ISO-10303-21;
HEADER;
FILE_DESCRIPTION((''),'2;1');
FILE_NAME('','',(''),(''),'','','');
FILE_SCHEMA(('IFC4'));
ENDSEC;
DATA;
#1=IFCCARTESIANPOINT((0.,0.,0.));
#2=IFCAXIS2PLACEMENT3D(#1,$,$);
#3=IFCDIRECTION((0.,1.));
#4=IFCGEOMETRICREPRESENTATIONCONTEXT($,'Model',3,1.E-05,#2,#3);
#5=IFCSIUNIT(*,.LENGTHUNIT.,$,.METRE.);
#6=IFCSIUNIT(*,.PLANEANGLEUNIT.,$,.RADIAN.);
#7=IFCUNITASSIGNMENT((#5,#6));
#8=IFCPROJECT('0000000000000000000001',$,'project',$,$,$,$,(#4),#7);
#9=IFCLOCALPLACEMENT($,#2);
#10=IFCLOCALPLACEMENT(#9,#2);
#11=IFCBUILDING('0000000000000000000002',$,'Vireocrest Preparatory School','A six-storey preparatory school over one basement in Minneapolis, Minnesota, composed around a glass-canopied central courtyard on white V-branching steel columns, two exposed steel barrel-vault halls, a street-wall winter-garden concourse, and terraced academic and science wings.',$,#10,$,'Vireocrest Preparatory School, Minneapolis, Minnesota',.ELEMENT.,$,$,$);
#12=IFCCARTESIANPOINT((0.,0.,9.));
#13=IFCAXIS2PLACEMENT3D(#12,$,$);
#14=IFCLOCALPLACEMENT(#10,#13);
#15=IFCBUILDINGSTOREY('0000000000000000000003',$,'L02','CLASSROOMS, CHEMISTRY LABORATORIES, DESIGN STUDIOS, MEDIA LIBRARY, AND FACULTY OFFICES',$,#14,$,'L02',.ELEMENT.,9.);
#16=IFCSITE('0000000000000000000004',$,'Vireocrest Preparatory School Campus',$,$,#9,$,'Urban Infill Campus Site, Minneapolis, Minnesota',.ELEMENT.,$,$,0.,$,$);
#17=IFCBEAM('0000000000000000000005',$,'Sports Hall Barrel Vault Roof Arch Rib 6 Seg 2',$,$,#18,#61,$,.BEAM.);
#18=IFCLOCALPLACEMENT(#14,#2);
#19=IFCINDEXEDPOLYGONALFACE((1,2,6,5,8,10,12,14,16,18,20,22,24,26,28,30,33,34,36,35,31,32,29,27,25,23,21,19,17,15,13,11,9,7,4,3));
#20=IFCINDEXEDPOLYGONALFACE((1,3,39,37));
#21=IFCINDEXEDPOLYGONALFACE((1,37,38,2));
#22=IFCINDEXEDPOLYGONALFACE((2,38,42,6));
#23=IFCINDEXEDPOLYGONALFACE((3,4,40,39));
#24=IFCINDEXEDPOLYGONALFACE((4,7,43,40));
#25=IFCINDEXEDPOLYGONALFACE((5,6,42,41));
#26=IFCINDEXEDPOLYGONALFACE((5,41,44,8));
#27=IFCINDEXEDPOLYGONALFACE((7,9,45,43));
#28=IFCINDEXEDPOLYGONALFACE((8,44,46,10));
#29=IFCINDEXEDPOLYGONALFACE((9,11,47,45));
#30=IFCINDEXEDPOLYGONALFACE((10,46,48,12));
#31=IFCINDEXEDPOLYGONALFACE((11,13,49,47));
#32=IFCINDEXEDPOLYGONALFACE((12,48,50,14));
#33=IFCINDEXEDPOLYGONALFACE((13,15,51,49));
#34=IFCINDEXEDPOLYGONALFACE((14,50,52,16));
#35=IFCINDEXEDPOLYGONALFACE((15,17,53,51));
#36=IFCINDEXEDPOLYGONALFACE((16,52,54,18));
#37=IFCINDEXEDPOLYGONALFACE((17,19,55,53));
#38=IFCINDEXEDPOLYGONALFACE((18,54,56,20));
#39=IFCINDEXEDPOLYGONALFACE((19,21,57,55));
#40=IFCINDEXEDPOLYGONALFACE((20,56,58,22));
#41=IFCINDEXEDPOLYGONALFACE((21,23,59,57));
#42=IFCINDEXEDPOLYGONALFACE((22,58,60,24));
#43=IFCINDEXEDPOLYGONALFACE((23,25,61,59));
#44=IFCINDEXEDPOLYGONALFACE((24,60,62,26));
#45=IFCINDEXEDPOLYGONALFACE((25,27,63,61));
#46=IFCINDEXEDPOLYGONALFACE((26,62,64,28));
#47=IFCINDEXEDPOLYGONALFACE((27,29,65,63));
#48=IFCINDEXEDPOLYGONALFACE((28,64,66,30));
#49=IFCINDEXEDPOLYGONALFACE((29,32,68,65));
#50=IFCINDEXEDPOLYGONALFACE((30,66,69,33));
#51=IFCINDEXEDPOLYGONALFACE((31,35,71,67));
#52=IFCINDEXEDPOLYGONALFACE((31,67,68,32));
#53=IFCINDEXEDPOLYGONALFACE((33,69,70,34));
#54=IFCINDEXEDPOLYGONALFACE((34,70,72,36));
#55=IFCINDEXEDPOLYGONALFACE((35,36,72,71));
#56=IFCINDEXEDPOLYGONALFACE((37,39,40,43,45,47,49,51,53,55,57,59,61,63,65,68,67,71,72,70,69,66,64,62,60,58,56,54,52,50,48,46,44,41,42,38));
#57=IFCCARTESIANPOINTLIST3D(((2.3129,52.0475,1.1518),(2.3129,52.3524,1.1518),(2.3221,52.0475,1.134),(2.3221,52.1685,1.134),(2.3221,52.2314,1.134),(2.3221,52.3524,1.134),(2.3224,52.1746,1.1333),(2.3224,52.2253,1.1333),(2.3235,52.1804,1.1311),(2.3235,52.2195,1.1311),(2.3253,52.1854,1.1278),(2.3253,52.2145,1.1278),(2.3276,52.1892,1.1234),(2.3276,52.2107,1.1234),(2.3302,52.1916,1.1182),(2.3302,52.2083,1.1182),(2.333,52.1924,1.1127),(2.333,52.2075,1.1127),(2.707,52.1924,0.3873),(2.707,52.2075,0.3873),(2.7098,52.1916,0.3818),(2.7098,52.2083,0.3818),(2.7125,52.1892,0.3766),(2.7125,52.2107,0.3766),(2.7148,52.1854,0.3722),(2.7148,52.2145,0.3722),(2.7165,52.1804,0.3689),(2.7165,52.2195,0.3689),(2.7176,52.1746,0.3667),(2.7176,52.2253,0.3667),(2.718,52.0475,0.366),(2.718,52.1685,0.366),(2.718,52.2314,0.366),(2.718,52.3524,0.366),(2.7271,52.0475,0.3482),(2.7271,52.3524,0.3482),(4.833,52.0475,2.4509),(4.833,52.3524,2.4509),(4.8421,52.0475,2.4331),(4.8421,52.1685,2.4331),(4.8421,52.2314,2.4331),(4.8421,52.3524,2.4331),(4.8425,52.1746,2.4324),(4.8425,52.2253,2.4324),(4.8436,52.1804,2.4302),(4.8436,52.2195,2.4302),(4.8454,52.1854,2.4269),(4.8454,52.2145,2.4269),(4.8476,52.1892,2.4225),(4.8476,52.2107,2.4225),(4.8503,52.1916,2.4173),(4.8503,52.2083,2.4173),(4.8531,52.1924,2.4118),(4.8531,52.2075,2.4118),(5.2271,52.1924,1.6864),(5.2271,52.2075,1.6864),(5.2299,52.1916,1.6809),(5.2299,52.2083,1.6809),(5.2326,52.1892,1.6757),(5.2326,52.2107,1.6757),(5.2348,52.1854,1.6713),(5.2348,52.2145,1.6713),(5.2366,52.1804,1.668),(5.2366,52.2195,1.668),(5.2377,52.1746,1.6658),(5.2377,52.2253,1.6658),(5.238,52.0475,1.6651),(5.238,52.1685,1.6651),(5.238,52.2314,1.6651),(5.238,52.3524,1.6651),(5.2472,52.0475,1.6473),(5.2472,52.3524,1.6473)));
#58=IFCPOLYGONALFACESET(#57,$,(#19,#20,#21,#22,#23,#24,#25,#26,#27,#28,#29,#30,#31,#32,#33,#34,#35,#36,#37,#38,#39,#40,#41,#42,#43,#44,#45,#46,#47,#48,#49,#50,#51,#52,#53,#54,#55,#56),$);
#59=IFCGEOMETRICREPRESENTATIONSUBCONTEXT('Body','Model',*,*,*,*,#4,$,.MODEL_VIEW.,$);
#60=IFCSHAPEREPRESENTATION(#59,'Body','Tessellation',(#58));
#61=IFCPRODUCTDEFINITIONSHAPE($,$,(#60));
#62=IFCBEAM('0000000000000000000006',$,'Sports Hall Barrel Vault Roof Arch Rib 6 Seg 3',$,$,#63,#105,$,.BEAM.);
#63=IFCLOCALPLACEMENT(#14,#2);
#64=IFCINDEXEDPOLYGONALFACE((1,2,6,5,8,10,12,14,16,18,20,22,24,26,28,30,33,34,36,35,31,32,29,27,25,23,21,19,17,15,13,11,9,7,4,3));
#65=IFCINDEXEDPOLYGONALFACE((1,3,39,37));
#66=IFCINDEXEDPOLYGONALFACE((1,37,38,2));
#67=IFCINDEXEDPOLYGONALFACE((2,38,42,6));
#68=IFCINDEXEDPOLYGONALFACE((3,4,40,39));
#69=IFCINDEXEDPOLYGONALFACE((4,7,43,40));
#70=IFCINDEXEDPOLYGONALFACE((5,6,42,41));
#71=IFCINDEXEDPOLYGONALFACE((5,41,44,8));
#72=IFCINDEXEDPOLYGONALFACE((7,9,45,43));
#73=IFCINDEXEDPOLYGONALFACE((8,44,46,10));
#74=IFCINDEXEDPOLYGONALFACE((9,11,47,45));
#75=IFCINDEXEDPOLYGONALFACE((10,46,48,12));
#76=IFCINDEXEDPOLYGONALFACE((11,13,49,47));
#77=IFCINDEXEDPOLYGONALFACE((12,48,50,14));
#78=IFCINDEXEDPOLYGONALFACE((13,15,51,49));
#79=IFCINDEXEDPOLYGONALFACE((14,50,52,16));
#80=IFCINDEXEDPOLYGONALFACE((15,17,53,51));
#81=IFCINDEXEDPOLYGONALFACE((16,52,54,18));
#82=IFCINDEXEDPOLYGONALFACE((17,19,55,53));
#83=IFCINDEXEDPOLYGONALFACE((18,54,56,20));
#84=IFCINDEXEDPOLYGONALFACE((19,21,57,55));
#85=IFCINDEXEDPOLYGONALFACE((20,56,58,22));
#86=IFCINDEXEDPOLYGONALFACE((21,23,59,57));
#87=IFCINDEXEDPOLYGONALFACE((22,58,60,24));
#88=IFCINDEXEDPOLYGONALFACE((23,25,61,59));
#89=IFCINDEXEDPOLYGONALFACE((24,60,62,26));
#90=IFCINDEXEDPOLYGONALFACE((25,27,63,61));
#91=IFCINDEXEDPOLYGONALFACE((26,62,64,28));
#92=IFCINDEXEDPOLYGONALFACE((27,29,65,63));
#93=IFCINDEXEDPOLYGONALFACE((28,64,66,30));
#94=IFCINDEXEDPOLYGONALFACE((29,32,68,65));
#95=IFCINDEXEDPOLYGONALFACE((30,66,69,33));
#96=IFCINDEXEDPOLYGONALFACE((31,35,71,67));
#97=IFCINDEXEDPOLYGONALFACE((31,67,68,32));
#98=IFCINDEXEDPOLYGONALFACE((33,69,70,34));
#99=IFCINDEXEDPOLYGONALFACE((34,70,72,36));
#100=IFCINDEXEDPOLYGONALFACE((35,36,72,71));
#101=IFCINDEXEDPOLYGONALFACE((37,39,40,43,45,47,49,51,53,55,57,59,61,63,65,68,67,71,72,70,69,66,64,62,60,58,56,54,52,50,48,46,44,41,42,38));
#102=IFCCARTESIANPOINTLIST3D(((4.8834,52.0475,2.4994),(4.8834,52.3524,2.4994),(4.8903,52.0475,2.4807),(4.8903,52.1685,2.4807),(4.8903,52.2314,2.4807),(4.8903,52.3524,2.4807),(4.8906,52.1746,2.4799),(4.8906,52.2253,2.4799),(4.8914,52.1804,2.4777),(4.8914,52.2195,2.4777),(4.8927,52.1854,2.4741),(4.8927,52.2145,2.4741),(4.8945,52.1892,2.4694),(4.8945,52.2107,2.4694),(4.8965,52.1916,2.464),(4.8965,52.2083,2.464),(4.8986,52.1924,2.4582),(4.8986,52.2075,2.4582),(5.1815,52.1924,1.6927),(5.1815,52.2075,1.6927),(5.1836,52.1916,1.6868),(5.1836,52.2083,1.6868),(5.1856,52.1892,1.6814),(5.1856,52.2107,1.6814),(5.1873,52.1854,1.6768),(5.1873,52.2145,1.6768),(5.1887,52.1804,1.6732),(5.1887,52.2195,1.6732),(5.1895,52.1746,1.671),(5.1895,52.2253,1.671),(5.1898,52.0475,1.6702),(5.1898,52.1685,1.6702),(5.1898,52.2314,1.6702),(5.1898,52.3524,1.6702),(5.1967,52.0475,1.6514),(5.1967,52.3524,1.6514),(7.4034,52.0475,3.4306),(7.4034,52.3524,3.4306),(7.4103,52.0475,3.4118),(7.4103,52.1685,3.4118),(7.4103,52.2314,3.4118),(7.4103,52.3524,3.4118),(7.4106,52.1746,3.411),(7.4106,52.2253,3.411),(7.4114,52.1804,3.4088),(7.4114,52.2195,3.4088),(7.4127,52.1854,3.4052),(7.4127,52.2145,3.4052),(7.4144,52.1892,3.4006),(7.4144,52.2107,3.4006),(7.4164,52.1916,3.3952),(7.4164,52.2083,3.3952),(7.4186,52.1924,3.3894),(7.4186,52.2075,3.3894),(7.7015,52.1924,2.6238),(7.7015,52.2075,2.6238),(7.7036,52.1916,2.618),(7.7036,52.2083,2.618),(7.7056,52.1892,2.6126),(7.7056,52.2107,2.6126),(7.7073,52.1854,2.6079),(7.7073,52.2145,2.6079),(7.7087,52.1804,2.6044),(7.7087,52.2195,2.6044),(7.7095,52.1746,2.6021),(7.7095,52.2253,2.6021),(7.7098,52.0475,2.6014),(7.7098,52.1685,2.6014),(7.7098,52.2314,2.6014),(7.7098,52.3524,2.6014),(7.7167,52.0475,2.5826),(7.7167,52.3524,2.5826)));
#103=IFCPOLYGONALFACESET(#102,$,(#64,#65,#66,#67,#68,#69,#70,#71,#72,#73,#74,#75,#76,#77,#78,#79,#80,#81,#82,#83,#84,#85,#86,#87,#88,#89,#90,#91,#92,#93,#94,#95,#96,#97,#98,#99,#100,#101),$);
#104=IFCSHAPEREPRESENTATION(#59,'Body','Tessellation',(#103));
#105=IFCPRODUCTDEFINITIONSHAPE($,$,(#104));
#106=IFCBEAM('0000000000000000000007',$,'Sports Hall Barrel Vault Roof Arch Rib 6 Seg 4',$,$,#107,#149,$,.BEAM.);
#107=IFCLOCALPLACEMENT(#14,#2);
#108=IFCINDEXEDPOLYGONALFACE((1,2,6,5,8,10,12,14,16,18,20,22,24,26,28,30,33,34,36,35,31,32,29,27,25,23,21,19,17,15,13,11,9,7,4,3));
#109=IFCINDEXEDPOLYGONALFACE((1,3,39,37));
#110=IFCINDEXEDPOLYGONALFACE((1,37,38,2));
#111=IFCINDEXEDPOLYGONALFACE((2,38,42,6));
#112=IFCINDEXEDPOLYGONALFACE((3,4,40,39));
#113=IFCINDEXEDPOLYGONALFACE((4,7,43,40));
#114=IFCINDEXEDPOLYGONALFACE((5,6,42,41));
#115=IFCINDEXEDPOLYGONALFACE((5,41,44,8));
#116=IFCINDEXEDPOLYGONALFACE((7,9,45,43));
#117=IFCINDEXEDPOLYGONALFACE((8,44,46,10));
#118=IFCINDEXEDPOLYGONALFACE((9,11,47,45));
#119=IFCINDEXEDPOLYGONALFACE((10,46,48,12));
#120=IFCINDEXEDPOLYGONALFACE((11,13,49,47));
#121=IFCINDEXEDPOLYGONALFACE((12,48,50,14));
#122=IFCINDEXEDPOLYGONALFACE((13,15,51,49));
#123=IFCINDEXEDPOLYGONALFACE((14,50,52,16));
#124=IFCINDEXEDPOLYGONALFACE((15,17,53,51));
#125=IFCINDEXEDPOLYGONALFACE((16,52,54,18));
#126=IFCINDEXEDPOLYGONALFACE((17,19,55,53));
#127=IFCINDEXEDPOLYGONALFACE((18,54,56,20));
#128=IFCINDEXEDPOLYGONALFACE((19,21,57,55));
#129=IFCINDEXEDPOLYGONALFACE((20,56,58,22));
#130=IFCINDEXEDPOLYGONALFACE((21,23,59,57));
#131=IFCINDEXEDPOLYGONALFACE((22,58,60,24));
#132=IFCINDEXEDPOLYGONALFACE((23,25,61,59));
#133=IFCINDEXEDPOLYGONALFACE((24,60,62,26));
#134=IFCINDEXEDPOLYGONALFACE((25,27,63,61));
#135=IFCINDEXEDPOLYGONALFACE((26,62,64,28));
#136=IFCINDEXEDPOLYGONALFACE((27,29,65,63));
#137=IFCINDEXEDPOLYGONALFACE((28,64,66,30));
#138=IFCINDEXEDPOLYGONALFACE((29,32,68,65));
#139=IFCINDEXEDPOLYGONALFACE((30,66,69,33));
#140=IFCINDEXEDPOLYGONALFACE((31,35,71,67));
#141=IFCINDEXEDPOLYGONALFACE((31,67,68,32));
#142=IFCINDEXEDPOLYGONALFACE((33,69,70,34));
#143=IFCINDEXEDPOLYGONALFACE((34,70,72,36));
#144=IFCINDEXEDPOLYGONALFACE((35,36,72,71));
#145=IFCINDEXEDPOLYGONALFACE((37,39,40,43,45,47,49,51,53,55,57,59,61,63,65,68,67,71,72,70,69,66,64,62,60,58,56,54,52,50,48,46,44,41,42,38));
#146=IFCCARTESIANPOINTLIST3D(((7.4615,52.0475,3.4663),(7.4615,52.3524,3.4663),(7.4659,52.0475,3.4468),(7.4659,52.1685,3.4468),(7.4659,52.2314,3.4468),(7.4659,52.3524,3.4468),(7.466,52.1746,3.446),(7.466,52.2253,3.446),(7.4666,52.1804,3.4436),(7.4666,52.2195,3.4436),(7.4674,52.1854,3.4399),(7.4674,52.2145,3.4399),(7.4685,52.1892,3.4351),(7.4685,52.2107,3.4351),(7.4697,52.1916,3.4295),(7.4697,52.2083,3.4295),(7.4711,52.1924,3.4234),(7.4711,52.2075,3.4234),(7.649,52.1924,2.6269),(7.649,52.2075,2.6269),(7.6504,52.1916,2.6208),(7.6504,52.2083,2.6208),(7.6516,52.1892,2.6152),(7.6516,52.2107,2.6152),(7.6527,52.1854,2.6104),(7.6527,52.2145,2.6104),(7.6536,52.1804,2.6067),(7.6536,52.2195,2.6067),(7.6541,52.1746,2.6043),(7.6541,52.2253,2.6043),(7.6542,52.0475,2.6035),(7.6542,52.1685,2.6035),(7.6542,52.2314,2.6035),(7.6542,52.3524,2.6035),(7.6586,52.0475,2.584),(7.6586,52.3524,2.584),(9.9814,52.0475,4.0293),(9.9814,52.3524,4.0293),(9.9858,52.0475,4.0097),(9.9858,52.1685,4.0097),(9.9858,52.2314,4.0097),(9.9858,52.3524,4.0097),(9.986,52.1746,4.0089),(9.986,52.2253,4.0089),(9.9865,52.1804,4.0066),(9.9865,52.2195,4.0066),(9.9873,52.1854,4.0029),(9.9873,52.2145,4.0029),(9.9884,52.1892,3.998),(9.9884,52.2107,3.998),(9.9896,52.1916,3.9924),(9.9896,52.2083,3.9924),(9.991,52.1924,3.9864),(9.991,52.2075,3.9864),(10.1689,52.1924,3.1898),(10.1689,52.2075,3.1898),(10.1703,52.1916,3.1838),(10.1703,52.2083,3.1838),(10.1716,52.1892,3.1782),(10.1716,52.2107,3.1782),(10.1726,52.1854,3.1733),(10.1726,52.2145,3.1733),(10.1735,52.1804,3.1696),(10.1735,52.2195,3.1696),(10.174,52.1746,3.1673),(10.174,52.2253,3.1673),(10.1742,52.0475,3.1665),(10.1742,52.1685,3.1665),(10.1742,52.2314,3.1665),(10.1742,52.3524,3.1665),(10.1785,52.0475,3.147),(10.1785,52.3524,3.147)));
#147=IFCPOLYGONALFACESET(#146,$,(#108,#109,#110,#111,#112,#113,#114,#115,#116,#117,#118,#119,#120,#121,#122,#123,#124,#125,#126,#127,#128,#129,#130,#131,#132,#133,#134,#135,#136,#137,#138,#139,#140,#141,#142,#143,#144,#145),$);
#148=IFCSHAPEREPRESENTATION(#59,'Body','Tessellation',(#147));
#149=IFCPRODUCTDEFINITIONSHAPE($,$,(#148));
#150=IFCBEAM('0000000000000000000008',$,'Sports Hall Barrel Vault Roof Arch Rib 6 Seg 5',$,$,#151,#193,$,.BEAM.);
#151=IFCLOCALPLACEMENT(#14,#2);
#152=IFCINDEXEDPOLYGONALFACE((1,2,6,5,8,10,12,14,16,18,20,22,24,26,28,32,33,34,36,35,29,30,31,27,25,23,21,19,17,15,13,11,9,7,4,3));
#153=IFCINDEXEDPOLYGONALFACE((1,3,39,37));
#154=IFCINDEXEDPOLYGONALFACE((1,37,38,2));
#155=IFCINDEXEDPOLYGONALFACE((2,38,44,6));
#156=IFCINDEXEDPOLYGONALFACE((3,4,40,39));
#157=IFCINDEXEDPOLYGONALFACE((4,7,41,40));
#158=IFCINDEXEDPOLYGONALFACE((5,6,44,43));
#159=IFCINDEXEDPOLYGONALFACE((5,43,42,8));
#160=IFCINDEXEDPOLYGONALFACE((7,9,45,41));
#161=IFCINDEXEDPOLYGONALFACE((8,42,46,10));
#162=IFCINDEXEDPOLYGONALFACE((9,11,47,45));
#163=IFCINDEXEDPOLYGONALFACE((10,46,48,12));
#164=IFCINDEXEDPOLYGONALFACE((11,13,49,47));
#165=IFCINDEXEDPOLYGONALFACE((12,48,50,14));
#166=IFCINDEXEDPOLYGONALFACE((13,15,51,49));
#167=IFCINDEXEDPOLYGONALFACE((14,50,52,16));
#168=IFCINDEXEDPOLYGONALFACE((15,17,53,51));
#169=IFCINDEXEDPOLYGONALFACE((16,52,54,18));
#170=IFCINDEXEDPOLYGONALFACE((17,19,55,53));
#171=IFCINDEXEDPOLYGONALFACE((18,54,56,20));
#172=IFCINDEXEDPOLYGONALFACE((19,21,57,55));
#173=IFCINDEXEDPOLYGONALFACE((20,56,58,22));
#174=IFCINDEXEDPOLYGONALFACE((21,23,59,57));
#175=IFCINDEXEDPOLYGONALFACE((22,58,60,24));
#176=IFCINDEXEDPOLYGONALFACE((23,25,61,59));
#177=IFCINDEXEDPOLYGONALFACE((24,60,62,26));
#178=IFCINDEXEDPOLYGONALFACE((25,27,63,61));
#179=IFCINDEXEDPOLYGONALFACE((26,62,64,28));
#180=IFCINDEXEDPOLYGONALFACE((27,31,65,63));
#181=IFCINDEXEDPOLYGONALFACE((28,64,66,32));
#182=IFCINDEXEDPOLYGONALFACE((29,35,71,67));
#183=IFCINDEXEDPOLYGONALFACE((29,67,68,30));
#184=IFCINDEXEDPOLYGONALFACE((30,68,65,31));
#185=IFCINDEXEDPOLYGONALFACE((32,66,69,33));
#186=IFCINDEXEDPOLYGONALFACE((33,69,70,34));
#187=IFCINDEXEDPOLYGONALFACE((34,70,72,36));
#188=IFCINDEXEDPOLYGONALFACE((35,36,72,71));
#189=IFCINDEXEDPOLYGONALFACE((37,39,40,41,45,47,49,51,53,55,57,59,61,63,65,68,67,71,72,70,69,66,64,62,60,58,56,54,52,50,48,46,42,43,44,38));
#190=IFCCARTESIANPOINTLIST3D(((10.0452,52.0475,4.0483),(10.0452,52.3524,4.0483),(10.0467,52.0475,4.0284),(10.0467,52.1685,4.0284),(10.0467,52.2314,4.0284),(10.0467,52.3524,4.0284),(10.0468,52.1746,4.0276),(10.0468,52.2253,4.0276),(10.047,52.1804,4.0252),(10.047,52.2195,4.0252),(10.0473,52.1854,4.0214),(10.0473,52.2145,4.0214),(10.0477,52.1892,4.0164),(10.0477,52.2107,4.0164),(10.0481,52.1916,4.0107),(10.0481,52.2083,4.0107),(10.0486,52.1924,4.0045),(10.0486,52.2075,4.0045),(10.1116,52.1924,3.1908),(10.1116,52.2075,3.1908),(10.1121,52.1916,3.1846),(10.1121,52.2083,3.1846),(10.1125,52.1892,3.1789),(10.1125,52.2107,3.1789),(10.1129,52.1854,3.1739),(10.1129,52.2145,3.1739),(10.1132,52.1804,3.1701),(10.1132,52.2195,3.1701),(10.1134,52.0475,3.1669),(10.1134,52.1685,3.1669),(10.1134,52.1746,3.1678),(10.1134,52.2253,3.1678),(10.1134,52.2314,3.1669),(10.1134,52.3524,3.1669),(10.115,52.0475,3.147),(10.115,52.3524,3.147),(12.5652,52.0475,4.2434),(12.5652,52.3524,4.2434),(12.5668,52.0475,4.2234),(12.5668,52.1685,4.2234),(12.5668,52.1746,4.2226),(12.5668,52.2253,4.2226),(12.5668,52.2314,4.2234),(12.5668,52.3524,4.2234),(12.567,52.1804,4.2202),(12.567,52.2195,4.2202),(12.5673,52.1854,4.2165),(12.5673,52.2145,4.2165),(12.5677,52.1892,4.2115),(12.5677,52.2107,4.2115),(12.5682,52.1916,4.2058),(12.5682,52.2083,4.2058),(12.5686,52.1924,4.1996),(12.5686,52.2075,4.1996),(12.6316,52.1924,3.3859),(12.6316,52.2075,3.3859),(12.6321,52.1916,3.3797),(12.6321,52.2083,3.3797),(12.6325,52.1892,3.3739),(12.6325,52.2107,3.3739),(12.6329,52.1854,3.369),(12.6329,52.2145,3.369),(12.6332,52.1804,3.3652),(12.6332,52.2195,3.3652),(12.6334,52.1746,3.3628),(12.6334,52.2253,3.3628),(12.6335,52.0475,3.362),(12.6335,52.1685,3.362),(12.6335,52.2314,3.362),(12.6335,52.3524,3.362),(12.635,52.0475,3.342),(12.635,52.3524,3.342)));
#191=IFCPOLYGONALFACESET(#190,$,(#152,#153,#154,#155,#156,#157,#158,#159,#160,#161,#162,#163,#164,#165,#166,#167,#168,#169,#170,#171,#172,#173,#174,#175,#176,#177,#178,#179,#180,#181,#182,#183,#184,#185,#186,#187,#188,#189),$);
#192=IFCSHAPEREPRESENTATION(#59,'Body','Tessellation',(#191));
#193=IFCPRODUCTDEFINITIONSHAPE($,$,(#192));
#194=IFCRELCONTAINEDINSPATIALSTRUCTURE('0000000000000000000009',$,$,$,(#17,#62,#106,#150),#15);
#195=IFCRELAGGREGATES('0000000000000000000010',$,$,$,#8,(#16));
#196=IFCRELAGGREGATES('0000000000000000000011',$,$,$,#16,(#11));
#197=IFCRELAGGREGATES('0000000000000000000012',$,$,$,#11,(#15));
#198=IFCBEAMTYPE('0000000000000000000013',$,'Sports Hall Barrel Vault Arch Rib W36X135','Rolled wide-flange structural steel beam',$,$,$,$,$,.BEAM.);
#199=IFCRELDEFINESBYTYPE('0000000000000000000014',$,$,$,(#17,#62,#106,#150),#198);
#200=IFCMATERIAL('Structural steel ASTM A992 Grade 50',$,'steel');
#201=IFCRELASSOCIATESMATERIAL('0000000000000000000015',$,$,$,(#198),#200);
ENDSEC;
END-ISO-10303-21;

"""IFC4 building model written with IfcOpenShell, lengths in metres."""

from ifc_helpers import new_model, si_unit, direction, frame, origin, origin_2d, place, context, subcontext, project, spatial, i_section, extrude, material, material_profile, profile_set, type_object, element, save


model = new_model("IFC4")

# Units and contexts
model_context = context("Model", 3, precision=1e-05, world=origin(), true_north=direction((0.0, 1.0)))
body_context = subcontext(model_context, "Body", "Model", "MODEL_VIEW")
ifc_project = project(units=[si_unit("LENGTHUNIT", "METRE"), si_unit("PLANEANGLEUNIT", "RADIAN")], contexts=[model_context])

# Site, building, storey
site_placement = place(None, origin())
site = spatial("IfcSite", under=ifc_project, at=site_placement, Name="Vireocrest Preparatory School Campus", LongName="Urban Infill Campus Site, Minneapolis, Minnesota", CompositionType="ELEMENT", RefElevation=0.0)
building_placement = place(site_placement, origin())
building = spatial("IfcBuilding", under=site, at=building_placement, Name="Vireocrest Preparatory School", Description="A six-storey preparatory school over one basement in Minneapolis, Minnesota, composed around a glass-canopied central courtyard on white V-branching steel columns, two exposed steel barrel-vault halls, a street-wall winter-garden concourse, and terraced academic and science wings.", LongName="Vireocrest Preparatory School, Minneapolis, Minnesota", CompositionType="ELEMENT")
storey_placement = place(building_placement, frame((0.0, 0.0, 9.0)))
storey = spatial("IfcBuildingStorey", under=building, at=storey_placement, Name="L02", Description="CLASSROOMS, CHEMISTRY LABORATORIES, DESIGN STUDIOS, MEDIA LIBRARY, AND FACULTY OFFICES", LongName="L02", CompositionType="ELEMENT", Elevation=9.0)

# Beams
ifc_material_1 = material(Name="Structural steel ASTM A992 Grade 50", Category="steel")
ifc_material_profile_1 = material_profile(ifc_material_1, i_section(OverallWidth=0.3049, OverallDepth=0.9041, WebThickness=0.0151, FlangeThickness=0.02, FilletRadius=0.0239, at=origin_2d()), Name="W36X135")
ifc_profile_set_1 = profile_set([ifc_material_profile_1], Name="Structural steel ASTM A992 Grade 50")
beam_type_1 = type_object("IfcBeamType", Name="Sports Hall Barrel Vault Arch Rib W36X135", Description="Rolled wide-flange structural steel beam", PredefinedType="BEAM", material=ifc_profile_set_1)
beam_1_placement = place(storey_placement, frame((2.52, 52.2, 0.75), z_axis=(0.888848, 0.0, 0.458202), x_axis=(0.0, 1.0, 0.0)))
element("IfcBeam", 1, at=beam_1_placement, inside=storey, type_object=beam_type_1, Name="Sports Hall Barrel Vault Roof Arch Rib 6 Seg 2", PredefinedType="BEAM", context=body_context, shape_type="SweptSolid", body=[
    extrude(i_section(OverallWidth=0.3049, OverallDepth=0.9041, WebThickness=0.0151, FlangeThickness=0.02, FilletRadius=0.0239, at=origin_2d()), origin(), (0.0, 0.0, 1.0), 2.8352),
])
beam_2_placement = place(storey_placement, frame((5.04, 52.2, 2.0754), z_axis=(0.938014, 0.0, 0.346598), x_axis=(0.0, 1.0, 0.0)))
element("IfcBeam", 2, at=beam_2_placement, inside=storey, type_object=beam_type_1, Name="Sports Hall Barrel Vault Roof Arch Rib 6 Seg 3", PredefinedType="BEAM", context=body_context, shape_type="SweptSolid", body=[
    extrude(i_section(OverallWidth=0.3049, OverallDepth=0.9041, WebThickness=0.0151, FlangeThickness=0.02, FilletRadius=0.0239, at=origin_2d()), origin(), (0.0, 0.0, 1.0), 2.6865),
])
beam_3_placement = place(storey_placement, frame((7.5601, 52.2, 3.0251), z_axis=(0.975942, 0.0, 0.218032), x_axis=(0.0, 1.0, 0.0)))
element("IfcBeam", 3, at=beam_3_placement, inside=storey, type_object=beam_type_1, Name="Sports Hall Barrel Vault Roof Arch Rib 6 Seg 4", PredefinedType="BEAM", context=body_context, shape_type="SweptSolid", body=[
    extrude(i_section(OverallWidth=0.3049, OverallDepth=0.9041, WebThickness=0.0151, FlangeThickness=0.02, FilletRadius=0.0239, at=origin_2d()), origin(), (0.0, 0.0, 1.0), 2.582),
])
for number, where, z_axis, x_axis, name in (
    (4, (10.0801, 52.2, 3.5977), (0.997017, 0.0, 0.077177), (0.0, 1.0, 0.0), "Sports Hall Barrel Vault Roof Arch Rib 6 Seg 5"),
):
    element("IfcBeam", number, at=place(storey_placement, frame(where, z_axis=z_axis, x_axis=x_axis)), inside=storey, type_object=beam_type_1, Name=name, PredefinedType="BEAM", context=body_context, shape_type="SweptSolid", body=[
        extrude(i_section(OverallWidth=0.3049, OverallDepth=0.9041, WebThickness=0.0151, FlangeThickness=0.02, FilletRadius=0.0239, at=origin_2d()), origin(), (0.0, 0.0, 1.0), 2.5276),
    ])

save(model, "model.ifc")
